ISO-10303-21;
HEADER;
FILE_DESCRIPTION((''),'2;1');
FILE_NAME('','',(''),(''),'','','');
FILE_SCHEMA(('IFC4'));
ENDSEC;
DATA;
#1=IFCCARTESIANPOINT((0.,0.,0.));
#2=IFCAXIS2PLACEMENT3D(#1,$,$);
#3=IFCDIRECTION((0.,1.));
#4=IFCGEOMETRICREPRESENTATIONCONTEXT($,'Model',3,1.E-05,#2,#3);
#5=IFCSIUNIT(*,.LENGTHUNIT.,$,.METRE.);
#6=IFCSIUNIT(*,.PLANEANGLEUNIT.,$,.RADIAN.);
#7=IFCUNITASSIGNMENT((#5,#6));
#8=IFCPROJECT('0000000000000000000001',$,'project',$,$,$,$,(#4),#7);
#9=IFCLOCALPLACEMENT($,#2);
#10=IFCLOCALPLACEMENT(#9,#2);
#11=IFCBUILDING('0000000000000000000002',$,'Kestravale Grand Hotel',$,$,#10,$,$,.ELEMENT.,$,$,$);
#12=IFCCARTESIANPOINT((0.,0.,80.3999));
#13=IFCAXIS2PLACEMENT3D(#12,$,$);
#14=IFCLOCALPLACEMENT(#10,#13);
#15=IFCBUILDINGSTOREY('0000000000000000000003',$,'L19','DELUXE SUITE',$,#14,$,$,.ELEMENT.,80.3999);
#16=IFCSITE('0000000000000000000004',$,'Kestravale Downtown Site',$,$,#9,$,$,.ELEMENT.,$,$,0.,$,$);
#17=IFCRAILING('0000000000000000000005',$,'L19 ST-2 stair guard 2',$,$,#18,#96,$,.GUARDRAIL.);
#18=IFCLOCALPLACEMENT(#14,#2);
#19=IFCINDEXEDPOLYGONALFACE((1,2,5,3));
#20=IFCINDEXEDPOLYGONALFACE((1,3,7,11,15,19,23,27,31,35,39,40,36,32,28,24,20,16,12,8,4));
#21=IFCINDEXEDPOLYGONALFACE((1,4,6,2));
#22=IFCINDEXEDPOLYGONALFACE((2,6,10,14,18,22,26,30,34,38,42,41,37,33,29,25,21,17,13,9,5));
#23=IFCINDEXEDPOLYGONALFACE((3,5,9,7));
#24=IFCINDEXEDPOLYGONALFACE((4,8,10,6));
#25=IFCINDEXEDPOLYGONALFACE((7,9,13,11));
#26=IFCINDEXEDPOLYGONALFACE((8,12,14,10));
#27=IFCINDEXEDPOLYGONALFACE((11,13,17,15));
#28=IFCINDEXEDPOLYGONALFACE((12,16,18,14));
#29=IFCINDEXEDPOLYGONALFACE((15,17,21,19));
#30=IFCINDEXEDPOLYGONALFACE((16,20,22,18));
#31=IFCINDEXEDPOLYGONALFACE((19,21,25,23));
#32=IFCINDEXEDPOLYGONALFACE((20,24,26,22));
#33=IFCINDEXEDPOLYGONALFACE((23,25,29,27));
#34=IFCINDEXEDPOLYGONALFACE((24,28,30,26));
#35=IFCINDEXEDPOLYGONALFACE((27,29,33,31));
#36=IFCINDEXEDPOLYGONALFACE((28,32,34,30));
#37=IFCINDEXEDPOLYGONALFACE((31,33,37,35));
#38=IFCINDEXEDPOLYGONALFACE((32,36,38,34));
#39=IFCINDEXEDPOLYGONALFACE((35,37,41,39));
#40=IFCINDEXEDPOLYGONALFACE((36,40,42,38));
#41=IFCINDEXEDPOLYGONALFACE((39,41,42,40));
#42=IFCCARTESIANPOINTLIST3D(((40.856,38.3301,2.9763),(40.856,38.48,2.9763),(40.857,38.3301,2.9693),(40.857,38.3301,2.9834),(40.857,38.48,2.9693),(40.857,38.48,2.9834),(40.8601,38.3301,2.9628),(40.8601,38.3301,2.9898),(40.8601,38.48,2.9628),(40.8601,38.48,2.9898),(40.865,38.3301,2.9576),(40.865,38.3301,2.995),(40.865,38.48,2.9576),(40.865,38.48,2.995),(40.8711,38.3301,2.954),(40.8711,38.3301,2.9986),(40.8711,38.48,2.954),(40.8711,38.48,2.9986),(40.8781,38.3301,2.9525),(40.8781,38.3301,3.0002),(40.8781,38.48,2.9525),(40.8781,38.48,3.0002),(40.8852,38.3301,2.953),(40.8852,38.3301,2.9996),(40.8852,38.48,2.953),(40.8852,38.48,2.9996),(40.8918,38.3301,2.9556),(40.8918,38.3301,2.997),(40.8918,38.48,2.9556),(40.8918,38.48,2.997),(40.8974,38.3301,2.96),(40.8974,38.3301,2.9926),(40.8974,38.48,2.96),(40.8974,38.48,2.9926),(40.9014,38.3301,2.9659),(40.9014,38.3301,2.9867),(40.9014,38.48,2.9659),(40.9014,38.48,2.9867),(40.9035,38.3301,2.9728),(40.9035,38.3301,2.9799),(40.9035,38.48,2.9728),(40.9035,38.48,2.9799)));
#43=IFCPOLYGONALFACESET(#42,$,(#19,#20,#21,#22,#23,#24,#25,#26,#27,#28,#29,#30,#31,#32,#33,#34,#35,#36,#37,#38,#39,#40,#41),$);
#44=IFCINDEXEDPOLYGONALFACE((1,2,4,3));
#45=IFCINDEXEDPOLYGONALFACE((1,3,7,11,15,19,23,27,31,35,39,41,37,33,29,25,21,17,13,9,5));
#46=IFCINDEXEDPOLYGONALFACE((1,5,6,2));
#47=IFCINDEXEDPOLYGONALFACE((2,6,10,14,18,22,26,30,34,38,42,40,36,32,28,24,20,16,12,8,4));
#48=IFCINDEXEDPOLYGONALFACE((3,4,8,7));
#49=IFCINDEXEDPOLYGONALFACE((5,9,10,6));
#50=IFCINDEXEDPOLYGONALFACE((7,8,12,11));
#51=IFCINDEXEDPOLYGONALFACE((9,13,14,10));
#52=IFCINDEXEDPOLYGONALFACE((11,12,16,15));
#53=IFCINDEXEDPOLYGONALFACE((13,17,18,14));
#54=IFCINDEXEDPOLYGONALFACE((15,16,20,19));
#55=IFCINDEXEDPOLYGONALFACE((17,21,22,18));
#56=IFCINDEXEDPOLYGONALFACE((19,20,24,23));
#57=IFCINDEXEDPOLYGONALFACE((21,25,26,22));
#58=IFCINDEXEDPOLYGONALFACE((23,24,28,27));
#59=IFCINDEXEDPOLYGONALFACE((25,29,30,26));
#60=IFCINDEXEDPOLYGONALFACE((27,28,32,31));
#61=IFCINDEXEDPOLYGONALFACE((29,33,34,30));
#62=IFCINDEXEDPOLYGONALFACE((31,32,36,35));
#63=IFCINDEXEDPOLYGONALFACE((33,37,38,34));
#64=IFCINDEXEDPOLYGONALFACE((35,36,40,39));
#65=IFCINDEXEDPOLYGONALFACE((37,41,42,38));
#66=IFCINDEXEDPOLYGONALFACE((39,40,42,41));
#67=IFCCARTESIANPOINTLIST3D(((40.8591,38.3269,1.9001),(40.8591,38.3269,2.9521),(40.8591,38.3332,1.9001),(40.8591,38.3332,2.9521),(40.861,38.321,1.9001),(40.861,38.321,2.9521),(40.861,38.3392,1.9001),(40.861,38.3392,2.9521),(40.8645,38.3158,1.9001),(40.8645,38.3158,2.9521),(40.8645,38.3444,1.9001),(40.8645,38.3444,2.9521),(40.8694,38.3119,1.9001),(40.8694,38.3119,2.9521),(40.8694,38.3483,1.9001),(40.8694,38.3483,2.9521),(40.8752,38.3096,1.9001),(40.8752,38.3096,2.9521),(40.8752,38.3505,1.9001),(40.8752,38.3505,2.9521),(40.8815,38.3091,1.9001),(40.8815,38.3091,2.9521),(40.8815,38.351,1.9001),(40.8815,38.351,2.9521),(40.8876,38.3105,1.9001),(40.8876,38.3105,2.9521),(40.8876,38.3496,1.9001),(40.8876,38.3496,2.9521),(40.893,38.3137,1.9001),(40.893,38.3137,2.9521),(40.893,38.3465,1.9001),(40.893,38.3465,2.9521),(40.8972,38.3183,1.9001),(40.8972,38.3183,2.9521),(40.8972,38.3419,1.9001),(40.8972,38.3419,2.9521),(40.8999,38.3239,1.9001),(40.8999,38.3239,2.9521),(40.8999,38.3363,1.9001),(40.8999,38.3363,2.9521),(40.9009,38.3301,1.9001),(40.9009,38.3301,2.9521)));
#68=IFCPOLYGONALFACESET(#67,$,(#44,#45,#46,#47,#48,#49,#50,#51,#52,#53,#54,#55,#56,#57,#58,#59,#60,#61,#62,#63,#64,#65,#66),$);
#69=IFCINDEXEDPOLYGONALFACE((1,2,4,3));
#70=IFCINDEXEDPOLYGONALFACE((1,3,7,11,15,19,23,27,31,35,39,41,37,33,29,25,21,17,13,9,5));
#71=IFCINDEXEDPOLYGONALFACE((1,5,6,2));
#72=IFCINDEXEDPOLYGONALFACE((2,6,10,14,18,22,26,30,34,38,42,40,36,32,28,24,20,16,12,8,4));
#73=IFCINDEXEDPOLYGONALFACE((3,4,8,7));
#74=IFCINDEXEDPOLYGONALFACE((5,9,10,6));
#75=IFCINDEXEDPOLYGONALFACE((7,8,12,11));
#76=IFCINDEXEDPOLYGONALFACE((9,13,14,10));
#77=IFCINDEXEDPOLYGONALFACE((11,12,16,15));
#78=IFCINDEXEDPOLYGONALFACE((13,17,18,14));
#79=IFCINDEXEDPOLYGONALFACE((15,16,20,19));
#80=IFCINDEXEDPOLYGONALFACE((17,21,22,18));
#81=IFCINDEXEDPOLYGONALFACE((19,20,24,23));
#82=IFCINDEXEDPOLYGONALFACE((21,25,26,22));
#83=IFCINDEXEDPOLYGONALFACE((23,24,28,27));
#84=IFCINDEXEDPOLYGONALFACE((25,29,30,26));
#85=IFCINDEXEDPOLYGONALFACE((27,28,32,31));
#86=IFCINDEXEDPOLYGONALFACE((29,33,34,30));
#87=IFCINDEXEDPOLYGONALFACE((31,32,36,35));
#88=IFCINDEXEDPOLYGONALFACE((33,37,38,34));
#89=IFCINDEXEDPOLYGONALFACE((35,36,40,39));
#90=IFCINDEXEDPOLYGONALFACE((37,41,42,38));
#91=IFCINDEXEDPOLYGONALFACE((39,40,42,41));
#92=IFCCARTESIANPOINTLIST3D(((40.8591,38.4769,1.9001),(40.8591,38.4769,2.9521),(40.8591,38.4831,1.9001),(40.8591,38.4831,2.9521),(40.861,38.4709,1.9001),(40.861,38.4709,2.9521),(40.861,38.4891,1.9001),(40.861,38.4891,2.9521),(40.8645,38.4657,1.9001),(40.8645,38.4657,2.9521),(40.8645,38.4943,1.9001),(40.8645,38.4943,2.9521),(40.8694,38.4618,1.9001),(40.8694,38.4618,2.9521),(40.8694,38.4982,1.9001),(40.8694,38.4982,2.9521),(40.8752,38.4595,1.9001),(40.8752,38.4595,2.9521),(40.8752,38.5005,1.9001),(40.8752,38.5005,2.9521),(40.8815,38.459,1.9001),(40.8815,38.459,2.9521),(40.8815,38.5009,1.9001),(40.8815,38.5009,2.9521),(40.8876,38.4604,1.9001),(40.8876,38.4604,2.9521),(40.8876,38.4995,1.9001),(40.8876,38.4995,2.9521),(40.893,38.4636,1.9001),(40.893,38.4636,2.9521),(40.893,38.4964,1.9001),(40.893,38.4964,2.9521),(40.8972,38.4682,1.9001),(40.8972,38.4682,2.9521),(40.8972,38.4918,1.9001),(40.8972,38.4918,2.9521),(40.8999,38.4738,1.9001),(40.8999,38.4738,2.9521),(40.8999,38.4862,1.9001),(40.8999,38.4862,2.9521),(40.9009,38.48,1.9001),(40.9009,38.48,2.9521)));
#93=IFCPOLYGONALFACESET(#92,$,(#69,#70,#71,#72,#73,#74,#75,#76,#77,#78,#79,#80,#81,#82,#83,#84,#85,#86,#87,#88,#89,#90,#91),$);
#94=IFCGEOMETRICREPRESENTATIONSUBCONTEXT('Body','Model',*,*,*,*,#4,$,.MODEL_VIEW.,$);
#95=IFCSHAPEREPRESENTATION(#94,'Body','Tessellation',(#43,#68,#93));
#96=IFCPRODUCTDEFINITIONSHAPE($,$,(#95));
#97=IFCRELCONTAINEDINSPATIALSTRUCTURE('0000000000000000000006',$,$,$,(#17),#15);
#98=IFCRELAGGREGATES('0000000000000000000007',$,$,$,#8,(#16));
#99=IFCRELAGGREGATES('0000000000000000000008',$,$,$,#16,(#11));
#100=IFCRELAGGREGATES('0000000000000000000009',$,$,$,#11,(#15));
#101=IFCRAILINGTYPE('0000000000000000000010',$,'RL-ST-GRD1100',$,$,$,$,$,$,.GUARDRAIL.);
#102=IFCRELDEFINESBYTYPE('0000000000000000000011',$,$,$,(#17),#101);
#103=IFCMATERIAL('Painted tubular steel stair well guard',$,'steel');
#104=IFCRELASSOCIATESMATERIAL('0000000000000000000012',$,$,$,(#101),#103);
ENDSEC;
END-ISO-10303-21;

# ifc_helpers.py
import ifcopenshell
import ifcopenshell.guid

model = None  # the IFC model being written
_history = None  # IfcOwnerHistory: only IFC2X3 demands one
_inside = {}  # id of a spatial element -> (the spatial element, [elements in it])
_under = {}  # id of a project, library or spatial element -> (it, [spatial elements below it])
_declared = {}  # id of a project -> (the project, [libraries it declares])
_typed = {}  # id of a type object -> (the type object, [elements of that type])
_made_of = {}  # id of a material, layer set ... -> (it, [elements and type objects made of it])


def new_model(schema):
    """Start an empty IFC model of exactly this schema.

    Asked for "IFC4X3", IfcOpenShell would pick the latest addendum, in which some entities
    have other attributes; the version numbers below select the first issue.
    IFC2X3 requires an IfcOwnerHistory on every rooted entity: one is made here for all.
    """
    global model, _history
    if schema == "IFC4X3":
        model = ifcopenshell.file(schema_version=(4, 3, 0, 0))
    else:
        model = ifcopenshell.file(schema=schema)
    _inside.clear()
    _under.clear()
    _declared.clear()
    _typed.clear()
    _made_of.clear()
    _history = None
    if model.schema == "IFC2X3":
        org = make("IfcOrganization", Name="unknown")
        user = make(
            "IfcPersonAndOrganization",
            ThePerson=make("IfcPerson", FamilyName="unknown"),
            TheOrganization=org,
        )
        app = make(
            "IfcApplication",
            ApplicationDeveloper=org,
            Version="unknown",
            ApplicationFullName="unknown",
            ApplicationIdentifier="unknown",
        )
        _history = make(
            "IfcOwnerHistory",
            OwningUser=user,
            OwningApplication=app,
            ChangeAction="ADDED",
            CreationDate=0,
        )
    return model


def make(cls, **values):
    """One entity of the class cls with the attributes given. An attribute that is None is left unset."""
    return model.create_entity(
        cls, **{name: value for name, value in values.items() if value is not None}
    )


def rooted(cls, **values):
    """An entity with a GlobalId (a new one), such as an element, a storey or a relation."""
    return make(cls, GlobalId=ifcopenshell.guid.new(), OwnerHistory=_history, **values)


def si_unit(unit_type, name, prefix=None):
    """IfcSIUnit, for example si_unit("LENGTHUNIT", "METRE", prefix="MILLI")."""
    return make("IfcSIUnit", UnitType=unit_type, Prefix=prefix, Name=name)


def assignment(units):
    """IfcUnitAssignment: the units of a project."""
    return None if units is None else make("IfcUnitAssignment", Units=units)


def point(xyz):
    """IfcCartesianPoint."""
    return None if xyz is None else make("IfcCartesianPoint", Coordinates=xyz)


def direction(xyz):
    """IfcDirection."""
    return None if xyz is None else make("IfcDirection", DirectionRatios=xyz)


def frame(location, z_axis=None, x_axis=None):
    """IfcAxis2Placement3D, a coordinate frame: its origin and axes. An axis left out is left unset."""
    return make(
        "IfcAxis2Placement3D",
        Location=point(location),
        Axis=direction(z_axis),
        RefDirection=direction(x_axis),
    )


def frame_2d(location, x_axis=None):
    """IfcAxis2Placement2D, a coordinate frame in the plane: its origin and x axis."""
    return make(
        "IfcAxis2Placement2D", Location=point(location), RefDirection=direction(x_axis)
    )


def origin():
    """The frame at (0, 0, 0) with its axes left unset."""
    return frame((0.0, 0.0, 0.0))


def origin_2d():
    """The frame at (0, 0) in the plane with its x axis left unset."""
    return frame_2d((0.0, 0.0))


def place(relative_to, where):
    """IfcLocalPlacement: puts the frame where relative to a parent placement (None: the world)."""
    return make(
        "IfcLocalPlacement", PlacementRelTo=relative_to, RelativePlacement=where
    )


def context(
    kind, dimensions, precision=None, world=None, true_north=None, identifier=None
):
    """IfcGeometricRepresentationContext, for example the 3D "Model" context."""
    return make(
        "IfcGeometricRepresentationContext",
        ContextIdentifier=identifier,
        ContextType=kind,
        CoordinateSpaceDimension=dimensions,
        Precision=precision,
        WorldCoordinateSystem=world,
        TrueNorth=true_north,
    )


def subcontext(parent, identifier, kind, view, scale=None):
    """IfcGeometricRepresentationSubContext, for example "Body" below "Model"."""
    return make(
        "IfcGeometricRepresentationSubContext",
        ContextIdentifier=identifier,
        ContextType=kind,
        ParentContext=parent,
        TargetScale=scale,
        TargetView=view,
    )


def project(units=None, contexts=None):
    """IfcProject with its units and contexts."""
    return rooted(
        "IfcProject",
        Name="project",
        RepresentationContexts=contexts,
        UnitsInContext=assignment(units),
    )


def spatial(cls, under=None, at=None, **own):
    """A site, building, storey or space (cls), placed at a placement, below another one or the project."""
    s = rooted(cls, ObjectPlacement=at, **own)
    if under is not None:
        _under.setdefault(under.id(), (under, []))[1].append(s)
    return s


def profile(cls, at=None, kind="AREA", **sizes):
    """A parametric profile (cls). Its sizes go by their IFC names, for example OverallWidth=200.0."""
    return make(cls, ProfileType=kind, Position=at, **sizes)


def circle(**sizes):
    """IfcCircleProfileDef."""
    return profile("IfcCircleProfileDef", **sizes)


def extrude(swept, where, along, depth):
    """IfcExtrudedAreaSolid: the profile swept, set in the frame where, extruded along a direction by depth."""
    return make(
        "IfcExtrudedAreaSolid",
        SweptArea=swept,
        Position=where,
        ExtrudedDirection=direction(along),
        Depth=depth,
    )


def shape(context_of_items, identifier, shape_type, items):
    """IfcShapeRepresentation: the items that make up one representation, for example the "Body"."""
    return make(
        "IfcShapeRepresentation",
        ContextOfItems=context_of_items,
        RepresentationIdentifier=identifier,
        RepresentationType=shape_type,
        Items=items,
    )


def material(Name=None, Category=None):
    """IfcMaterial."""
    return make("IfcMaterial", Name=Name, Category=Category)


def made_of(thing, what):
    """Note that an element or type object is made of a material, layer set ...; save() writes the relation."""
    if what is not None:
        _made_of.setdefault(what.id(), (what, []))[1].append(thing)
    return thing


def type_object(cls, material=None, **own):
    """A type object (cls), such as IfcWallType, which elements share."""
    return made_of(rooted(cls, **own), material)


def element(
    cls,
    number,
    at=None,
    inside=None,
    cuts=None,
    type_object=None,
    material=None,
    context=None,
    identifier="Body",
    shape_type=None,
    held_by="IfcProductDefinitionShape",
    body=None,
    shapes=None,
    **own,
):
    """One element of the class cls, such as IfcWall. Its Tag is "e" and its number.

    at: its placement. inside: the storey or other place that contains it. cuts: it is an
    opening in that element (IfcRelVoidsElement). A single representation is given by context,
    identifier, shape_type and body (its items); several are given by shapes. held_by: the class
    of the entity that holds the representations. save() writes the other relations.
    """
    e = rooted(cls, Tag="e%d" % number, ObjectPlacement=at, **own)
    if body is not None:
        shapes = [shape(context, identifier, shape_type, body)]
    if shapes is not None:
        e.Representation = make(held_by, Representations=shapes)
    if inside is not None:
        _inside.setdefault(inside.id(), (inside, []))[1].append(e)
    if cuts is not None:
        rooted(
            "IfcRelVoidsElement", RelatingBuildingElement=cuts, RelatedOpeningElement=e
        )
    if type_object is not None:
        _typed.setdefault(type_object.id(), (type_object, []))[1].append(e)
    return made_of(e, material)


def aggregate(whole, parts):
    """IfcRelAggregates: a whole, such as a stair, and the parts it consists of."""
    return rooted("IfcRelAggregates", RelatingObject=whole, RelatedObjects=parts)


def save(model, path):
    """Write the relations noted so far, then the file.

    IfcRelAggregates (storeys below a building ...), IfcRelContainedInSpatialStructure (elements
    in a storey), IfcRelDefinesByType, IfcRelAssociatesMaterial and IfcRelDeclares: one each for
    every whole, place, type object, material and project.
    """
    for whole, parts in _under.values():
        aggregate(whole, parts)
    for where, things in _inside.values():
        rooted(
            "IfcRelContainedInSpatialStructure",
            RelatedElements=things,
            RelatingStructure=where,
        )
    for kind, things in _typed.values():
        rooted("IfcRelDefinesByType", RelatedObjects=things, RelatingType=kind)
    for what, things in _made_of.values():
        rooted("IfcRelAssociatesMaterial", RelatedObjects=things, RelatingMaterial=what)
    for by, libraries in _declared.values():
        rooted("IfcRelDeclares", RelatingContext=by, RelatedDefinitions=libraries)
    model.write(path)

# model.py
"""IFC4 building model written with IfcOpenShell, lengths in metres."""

from ifc_helpers import new_model, si_unit, direction, frame, origin, origin_2d, place, context, subcontext, project, spatial, circle, extrude, material, type_object, element, save


model = new_model("IFC4")

# Units and contexts
model_context = context("Model", 3, precision=1e-05, world=origin(), true_north=direction((0.0, 1.0)))
body_context = subcontext(model_context, "Body", "Model", "MODEL_VIEW")
ifc_project = project(units=[si_unit("LENGTHUNIT", "METRE"), si_unit("PLANEANGLEUNIT", "RADIAN")], contexts=[model_context])

# Site, building, storey
site_placement = place(None, origin())
site = spatial("IfcSite", under=ifc_project, at=site_placement, Name="Kestravale Downtown Site", CompositionType="ELEMENT", RefElevation=0.0)
building_placement = place(site_placement, origin())
building = spatial("IfcBuilding", under=site, at=building_placement, Name="Kestravale Grand Hotel", CompositionType="ELEMENT")
storey_placement = place(building_placement, frame((0.0, 0.0, 80.3999)))
storey = spatial("IfcBuildingStorey", under=building, at=storey_placement, Name="L19", Description="DELUXE SUITE", CompositionType="ELEMENT", Elevation=80.3999)

# Railing
ifc_material_1 = material(Name="Painted tubular steel stair well guard", Category="steel")
railing_type_1 = type_object("IfcRailingType", Name="RL-ST-GRD1100", PredefinedType="GUARDRAIL", material=ifc_material_1)
railing_1_placement = place(storey_placement, frame((40.8799, 38.3301, 1.9001)))
element("IfcRailing", 1, at=railing_1_placement, inside=storey, type_object=railing_type_1, Name="L19 ST-2 stair guard 2", PredefinedType="GUARDRAIL", context=body_context, shape_type="SweptSolid", body=[
    extrude(circle(Radius=0.0239, at=origin_2d()), frame((0.0, 0.0, 1.0762), z_axis=(0.0, 1.0, 0.0), x_axis=(-1.0, 0.0, 0.0)), (0.0, 0.0, 1.0), 0.1499),
    extrude(circle(Radius=0.021, at=origin_2d()), origin(), (0.0, 0.0, 1.0), 1.052),
    extrude(circle(Radius=0.021, at=origin_2d()), frame((0.0, 0.1499, 0.0)), (0.0, 0.0, 1.0), 1.052),
])

save(model, "model.ifc")
